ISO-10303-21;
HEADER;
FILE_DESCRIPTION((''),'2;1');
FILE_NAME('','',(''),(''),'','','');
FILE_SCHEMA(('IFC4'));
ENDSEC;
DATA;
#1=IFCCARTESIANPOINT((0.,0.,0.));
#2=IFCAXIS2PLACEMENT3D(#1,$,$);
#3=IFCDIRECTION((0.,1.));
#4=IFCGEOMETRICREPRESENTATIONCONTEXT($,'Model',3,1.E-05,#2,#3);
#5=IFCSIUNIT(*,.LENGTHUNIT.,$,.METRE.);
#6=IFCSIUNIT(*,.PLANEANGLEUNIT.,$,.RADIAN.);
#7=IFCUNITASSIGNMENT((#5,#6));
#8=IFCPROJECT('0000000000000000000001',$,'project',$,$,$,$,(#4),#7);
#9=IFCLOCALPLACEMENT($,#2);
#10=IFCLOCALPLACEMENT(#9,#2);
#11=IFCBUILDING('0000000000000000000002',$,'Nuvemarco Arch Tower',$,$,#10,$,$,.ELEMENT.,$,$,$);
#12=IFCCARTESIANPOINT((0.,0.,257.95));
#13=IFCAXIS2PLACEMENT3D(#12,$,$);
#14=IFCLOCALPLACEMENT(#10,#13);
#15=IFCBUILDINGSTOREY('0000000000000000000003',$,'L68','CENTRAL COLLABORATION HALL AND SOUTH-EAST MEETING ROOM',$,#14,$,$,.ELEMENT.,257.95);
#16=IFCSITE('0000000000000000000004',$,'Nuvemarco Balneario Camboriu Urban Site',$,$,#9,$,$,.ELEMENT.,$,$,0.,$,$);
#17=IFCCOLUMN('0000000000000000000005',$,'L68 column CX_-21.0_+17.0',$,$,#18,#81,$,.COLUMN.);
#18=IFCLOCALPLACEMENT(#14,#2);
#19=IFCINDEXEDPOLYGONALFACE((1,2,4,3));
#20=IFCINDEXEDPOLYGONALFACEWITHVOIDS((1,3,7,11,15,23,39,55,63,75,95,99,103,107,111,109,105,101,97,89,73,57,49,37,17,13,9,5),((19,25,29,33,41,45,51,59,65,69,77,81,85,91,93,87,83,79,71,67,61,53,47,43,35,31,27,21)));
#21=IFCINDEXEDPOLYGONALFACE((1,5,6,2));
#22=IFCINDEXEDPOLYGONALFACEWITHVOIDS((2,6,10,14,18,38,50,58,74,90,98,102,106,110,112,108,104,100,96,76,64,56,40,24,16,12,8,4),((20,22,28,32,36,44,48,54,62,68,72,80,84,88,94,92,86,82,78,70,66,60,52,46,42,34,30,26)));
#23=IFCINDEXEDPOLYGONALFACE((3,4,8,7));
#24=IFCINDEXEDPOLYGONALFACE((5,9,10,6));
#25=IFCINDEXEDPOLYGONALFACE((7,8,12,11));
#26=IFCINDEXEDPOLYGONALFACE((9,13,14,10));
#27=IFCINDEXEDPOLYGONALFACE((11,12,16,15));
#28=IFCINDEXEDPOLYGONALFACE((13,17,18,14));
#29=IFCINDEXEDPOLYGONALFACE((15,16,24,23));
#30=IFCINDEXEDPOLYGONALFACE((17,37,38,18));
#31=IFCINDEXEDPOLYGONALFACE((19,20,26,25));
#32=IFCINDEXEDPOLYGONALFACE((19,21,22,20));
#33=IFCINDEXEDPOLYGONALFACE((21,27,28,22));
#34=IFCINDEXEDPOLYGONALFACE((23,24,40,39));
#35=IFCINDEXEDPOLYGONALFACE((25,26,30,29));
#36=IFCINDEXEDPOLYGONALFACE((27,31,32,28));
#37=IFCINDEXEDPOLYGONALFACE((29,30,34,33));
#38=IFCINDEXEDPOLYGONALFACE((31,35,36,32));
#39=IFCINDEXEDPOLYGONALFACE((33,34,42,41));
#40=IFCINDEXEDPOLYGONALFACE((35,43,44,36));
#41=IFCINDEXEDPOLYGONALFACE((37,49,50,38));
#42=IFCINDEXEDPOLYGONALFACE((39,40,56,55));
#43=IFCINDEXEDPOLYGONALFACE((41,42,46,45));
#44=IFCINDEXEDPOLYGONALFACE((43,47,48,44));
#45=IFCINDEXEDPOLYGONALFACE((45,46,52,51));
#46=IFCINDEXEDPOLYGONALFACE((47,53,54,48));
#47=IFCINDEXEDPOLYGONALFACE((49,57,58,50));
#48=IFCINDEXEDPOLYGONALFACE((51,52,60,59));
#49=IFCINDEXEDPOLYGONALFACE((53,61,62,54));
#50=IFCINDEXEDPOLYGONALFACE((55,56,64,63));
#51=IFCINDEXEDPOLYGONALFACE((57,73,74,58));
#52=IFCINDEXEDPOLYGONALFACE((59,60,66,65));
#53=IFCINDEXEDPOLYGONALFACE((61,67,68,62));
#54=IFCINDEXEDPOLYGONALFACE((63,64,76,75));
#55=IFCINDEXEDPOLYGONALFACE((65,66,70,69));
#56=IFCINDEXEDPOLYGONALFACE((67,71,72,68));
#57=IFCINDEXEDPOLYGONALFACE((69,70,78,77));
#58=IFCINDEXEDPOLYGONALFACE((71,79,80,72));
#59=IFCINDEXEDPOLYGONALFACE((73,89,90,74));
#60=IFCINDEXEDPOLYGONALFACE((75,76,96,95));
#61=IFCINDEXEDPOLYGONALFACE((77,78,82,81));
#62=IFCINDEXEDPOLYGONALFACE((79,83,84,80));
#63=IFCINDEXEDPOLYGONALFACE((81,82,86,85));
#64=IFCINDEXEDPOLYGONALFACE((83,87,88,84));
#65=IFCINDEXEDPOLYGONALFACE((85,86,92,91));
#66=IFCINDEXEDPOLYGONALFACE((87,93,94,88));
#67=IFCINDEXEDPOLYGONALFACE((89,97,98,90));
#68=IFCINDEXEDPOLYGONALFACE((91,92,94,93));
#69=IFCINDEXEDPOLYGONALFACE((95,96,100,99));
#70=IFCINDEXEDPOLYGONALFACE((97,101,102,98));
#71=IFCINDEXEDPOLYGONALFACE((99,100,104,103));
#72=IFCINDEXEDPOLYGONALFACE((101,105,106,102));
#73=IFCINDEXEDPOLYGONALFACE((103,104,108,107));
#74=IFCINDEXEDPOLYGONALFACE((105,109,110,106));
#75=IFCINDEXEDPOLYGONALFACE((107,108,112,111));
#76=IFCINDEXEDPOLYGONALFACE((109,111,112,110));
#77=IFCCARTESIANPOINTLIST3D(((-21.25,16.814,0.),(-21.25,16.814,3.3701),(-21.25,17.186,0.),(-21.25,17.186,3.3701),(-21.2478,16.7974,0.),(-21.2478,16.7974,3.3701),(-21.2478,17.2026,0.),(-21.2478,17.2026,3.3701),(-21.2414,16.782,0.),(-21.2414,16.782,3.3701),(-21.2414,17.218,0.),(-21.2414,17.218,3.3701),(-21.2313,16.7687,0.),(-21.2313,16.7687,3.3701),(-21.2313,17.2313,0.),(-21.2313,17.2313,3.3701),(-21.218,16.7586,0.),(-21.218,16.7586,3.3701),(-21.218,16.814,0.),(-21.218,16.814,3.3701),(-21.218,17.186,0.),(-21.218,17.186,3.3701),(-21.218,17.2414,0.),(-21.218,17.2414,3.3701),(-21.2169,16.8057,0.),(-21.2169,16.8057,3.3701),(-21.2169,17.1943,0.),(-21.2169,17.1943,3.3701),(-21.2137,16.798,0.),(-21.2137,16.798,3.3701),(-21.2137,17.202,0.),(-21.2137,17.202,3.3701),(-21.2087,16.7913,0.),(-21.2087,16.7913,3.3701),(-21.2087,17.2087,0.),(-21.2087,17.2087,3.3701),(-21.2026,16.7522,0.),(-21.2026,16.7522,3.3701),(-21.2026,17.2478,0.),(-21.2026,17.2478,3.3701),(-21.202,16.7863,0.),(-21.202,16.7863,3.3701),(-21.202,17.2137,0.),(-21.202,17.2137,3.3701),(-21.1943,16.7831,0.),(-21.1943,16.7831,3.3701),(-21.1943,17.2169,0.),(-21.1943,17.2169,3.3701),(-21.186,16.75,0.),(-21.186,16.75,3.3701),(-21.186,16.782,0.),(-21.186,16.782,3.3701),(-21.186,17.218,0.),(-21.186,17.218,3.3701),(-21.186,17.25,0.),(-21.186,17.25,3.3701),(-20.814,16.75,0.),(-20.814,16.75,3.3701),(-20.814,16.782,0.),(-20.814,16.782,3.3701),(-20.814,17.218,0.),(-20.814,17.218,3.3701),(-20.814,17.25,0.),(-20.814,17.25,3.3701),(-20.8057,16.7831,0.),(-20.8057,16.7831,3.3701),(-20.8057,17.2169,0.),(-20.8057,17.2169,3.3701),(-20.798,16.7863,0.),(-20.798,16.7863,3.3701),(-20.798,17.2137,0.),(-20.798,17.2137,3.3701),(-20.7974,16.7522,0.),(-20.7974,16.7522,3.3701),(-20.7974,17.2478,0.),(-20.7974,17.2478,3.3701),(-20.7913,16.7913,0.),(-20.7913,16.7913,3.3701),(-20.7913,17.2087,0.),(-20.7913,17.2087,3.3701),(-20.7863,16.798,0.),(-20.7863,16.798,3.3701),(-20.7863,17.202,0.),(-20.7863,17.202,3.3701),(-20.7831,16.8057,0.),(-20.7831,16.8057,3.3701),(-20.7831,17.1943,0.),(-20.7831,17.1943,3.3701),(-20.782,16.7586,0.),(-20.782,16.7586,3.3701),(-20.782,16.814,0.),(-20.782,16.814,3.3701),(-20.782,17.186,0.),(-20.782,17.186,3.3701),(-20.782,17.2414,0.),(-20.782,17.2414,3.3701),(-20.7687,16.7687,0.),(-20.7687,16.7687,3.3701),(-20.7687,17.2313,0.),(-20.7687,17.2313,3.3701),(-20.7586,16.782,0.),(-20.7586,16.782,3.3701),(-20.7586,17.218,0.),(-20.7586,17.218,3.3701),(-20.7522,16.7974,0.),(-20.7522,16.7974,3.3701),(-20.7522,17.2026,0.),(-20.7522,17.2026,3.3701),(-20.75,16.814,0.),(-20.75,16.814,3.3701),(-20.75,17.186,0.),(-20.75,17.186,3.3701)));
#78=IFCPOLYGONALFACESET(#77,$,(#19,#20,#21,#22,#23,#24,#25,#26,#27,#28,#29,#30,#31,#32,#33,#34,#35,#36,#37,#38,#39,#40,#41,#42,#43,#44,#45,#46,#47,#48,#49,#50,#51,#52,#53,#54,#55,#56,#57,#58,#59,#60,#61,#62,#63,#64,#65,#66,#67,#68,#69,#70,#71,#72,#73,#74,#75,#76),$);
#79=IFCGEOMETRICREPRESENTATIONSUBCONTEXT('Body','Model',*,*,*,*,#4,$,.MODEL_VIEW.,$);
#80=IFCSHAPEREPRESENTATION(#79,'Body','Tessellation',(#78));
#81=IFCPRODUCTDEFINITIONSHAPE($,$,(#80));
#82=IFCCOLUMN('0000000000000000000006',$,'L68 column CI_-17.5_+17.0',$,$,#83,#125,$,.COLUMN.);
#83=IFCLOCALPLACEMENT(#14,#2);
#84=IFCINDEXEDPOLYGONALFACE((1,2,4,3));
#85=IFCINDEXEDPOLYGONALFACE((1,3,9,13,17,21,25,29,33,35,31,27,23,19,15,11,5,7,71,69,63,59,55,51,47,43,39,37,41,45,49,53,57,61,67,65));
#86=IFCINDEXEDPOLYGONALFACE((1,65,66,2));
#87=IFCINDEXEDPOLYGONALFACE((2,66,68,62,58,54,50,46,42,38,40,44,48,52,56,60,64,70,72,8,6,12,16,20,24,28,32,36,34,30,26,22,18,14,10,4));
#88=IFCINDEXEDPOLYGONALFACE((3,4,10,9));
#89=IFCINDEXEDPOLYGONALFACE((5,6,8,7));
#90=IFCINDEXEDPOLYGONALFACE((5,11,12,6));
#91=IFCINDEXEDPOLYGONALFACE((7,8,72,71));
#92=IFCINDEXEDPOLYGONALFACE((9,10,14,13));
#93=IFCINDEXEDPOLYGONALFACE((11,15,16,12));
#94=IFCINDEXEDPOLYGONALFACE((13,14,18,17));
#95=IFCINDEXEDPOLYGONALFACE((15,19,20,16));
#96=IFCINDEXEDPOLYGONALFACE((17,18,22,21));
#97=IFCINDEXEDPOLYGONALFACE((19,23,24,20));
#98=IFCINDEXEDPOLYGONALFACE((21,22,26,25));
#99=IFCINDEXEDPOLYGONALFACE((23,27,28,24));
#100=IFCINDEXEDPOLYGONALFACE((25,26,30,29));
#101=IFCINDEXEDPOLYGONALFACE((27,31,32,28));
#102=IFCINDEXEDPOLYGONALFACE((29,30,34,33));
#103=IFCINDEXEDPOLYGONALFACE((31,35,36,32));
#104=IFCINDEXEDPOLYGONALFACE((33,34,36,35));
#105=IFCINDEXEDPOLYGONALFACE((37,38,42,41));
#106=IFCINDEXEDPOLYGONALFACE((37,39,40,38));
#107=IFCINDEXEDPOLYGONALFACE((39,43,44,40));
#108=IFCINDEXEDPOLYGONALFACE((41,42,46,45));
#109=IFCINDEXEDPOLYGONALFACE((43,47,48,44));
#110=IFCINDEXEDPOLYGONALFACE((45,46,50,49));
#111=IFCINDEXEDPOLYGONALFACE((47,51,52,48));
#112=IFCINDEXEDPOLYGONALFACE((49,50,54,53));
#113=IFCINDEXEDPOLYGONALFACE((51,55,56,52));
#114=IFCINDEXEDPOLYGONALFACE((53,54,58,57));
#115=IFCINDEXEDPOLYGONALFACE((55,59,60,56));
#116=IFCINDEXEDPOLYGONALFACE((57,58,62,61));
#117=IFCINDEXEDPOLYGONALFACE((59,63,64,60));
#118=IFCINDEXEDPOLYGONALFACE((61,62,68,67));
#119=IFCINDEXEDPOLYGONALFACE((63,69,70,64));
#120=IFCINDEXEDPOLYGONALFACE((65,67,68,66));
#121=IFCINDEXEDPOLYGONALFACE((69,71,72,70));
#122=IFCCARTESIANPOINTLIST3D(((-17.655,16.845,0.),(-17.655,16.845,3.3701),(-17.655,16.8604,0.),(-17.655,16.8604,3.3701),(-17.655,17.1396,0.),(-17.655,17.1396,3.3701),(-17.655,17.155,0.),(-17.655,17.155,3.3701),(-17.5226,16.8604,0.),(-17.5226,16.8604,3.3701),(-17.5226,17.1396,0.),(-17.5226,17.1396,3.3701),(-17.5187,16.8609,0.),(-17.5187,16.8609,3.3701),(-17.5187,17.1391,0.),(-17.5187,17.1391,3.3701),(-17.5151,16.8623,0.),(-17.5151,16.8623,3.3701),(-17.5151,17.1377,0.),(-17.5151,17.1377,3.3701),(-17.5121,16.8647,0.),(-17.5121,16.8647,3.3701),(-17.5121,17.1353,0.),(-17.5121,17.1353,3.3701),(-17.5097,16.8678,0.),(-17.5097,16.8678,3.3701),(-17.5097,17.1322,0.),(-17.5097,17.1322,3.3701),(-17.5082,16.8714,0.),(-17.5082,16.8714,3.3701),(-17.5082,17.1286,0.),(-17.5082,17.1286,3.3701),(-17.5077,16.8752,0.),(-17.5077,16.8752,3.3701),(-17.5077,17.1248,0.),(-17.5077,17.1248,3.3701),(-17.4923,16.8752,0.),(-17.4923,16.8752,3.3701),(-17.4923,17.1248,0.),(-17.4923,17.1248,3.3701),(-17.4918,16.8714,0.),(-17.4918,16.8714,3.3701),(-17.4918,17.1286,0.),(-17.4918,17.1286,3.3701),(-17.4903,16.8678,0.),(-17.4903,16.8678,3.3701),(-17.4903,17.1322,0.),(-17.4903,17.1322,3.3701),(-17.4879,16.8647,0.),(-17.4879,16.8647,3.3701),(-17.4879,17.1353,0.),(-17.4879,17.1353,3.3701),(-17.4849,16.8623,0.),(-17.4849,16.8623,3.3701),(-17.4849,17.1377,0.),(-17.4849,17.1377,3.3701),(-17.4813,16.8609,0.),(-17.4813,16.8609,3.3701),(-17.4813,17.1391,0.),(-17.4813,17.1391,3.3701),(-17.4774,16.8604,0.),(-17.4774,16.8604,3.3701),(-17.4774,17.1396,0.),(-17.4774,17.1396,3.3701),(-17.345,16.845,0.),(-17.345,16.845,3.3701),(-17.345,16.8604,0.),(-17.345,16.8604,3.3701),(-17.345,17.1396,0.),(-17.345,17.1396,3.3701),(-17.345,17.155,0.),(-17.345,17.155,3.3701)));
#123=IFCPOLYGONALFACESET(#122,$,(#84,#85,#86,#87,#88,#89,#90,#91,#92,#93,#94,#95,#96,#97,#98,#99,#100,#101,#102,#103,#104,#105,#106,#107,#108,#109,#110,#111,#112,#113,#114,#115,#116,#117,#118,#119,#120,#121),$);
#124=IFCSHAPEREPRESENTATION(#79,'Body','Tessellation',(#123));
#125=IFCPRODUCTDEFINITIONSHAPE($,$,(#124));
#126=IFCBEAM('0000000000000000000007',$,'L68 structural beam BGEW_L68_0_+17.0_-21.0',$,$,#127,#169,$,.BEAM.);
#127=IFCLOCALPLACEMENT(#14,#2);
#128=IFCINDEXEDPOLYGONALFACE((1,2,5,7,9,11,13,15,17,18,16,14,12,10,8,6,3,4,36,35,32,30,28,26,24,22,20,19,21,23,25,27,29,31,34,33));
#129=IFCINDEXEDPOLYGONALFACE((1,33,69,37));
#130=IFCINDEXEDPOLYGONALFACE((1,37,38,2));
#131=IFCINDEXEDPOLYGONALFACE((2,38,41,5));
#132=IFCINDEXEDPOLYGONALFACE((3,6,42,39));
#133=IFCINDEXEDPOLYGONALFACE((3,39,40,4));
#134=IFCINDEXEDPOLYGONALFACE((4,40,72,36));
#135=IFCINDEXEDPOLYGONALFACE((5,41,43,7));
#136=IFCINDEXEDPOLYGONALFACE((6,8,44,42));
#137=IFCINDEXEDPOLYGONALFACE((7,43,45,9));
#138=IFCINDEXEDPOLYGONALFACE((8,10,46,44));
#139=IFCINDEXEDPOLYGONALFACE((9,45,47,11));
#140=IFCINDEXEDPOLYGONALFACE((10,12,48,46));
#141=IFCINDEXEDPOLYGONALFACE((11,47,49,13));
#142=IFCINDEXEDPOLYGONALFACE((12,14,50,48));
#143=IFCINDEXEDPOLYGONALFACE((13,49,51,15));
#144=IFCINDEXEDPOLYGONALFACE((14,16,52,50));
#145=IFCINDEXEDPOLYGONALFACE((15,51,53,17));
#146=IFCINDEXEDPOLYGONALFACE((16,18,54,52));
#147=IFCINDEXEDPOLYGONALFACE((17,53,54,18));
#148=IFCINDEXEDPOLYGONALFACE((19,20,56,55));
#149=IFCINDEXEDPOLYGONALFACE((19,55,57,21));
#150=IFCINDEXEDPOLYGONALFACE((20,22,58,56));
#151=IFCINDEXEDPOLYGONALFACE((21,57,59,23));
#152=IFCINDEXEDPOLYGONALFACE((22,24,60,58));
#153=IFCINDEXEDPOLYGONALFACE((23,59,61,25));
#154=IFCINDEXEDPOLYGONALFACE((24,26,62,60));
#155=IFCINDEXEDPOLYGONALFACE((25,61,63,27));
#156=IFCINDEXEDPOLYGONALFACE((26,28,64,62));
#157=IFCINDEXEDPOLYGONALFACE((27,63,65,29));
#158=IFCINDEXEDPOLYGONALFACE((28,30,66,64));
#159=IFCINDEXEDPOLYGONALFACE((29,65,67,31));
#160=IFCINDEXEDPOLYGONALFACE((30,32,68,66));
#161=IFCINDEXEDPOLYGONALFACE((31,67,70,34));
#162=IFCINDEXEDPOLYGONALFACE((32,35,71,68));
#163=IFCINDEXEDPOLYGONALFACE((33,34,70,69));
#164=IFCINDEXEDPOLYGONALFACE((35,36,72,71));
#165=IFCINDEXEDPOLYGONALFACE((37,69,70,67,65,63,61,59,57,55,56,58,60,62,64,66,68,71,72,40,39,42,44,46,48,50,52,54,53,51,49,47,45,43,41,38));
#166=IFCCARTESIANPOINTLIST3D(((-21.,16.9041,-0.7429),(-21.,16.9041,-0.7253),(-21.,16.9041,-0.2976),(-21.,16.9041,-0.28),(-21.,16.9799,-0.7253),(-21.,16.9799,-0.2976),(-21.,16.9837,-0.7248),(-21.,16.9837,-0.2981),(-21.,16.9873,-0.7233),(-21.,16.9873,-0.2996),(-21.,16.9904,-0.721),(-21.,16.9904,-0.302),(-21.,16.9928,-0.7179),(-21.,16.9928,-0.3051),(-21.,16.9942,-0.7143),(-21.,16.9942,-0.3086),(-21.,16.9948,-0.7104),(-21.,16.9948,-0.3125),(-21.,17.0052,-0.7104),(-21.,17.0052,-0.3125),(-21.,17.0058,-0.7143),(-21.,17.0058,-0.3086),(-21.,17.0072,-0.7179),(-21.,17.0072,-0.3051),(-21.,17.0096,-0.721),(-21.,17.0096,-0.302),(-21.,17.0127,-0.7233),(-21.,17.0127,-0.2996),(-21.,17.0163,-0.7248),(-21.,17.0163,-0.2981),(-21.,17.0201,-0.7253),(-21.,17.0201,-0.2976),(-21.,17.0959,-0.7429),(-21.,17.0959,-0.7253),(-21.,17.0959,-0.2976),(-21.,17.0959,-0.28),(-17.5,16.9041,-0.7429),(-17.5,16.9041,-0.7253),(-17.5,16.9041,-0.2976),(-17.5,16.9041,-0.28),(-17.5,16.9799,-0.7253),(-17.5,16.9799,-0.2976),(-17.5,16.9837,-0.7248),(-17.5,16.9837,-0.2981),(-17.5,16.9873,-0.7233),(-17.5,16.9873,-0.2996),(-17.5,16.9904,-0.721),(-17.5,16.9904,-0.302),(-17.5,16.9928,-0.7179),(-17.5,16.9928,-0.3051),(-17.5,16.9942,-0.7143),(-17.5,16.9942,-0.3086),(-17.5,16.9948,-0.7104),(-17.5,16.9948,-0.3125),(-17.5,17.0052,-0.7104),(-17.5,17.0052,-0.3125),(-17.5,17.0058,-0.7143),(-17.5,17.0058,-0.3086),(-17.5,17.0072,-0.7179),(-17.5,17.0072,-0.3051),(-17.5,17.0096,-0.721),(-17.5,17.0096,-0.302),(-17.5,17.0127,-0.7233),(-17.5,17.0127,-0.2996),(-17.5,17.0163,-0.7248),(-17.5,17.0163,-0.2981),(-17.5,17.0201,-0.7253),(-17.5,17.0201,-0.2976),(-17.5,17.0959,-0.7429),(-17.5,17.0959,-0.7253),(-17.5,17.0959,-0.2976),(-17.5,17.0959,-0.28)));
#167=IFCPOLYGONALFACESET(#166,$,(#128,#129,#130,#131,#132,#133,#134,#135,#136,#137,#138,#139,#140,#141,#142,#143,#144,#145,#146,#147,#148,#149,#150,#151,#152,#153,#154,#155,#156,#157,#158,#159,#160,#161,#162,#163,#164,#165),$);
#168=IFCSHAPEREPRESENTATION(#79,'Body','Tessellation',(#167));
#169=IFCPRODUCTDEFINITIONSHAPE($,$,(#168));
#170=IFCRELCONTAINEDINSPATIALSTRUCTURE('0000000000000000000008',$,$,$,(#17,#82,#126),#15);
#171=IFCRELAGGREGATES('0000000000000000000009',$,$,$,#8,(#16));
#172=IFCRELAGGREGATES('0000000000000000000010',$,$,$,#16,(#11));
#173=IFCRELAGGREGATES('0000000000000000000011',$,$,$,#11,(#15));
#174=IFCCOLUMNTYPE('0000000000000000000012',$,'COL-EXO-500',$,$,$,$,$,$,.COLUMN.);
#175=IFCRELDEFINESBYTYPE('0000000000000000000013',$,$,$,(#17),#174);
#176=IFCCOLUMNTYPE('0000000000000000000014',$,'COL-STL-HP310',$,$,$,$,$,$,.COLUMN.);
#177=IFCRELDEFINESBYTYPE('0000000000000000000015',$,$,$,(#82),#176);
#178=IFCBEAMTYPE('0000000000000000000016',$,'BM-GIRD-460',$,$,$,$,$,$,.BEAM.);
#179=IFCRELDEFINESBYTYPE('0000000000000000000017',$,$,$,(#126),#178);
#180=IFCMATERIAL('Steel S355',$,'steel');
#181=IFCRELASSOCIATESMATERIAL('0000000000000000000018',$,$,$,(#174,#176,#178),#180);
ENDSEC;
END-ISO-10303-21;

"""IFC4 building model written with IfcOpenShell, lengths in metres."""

from ifc_helpers import new_model, si_unit, direction, frame, origin, origin_2d, place, context, subcontext, project, spatial, hollow_rectangle, i_section, extrude, material, material_profile, profile_set, type_object, element, save


model = new_model("IFC4")

# Units and contexts
model_context = context("Model", 3, precision=1e-05, world=origin(), true_north=direction((0.0, 1.0)))
body_context = subcontext(model_context, "Body", "Model", "MODEL_VIEW")
ifc_project = project(units=[si_unit("LENGTHUNIT", "METRE"), si_unit("PLANEANGLEUNIT", "RADIAN")], contexts=[model_context])

# Site, building, storey
site_placement = place(None, origin())
site = spatial("IfcSite", under=ifc_project, at=site_placement, Name="Nuvemarco Balneario Camboriu Urban Site", CompositionType="ELEMENT", RefElevation=0.0)
building_placement = place(site_placement, origin())
building = spatial("IfcBuilding", under=site, at=building_placement, Name="Nuvemarco Arch Tower", CompositionType="ELEMENT")
storey_placement = place(building_placement, frame((0.0, 0.0, 257.95)))
storey = spatial("IfcBuildingStorey", under=building, at=storey_placement, Name="L68", Description="CENTRAL COLLABORATION HALL AND SOUTH-EAST MEETING ROOM", CompositionType="ELEMENT", Elevation=257.95)

# Columns
ifc_material_1 = material(Name="Steel S355", Category="steel")
ifc_material_profile_1 = material_profile(ifc_material_1, hollow_rectangle(XDim=0.5, YDim=0.5, WallThickness=0.032, InnerFilletRadius=0.032, OuterFilletRadius=0.064, at=origin_2d()), Name="SHS500x500x32")
ifc_profile_set_1 = profile_set([ifc_material_profile_1], Name="Steel S355")
column_type_1 = type_object("IfcColumnType", Name="COL-EXO-500", PredefinedType="COLUMN", material=ifc_profile_set_1)
column_1_placement = place(storey_placement, frame((-21.0, 17.0, 0.0), z_axis=(0.0, 0.0, 1.0), x_axis=(1.0, 0.0, 0.0)))
element("IfcColumn", 1, at=column_1_placement, inside=storey, type_object=column_type_1, Name="L68 column CX_-21.0_+17.0", PredefinedType="COLUMN", context=body_context, shape_type="SweptSolid", body=[
    extrude(hollow_rectangle(XDim=0.5, YDim=0.5, WallThickness=0.032, InnerFilletRadius=0.032, OuterFilletRadius=0.064, at=origin_2d()), origin(), (0.0, 0.0, 1.0), 3.3701),
])
ifc_material_profile_2 = material_profile(ifc_material_1, i_section(OverallWidth=0.3101, OverallDepth=0.3101, WebThickness=0.0154, FlangeThickness=0.0154, FilletRadius=0.0149, at=origin_2d()), Name="HP310x110")
ifc_profile_set_2 = profile_set([ifc_material_profile_2], Name="Steel S355")
column_type_2 = type_object("IfcColumnType", Name="COL-STL-HP310", PredefinedType="COLUMN", material=ifc_profile_set_2)
column_2_placement = place(storey_placement, frame((-17.5, 17.0, 0.0), z_axis=(0.0, 0.0, 1.0), x_axis=(1.0, 0.0, 0.0)))
element("IfcColumn", 2, at=column_2_placement, inside=storey, type_object=column_type_2, Name="L68 column CI_-17.5_+17.0", PredefinedType="COLUMN", context=body_context, shape_type="SweptSolid", body=[
    extrude(i_section(OverallWidth=0.3101, OverallDepth=0.3101, WebThickness=0.0154, FlangeThickness=0.0154, FilletRadius=0.0149, at=origin_2d()), origin(), (0.0, 0.0, 1.0), 3.3701),
])

# Beam
ifc_material_profile_3 = material_profile(ifc_material_1, i_section(OverallWidth=0.1919, OverallDepth=0.4629, WebThickness=0.0105, FlangeThickness=0.0176, FilletRadius=0.0149, at=origin_2d()), Name="W460x89")
ifc_profile_set_3 = profile_set([ifc_material_profile_3], Name="Steel S355")
beam_type_1 = type_object("IfcBeamType", Name="BM-GIRD-460", PredefinedType="BEAM", material=ifc_profile_set_3)
beam_1_placement = place(storey_placement, frame((-21.0, 17.0, -0.5115), z_axis=(1.0, 0.0, 0.0), x_axis=(0.0, 1.0, 0.0)))
element("IfcBeam", 3, at=beam_1_placement, inside=storey, type_object=beam_type_1, Name="L68 structural beam BGEW_L68_0_+17.0_-21.0", PredefinedType="BEAM", context=body_context, shape_type="SweptSolid", body=[
    extrude(i_section(OverallWidth=0.1919, OverallDepth=0.4629, WebThickness=0.0105, FlangeThickness=0.0176, FilletRadius=0.0149, at=origin_2d()), origin(), (0.0, 0.0, 1.0), 3.5),
])

save(model, "model.ifc")
